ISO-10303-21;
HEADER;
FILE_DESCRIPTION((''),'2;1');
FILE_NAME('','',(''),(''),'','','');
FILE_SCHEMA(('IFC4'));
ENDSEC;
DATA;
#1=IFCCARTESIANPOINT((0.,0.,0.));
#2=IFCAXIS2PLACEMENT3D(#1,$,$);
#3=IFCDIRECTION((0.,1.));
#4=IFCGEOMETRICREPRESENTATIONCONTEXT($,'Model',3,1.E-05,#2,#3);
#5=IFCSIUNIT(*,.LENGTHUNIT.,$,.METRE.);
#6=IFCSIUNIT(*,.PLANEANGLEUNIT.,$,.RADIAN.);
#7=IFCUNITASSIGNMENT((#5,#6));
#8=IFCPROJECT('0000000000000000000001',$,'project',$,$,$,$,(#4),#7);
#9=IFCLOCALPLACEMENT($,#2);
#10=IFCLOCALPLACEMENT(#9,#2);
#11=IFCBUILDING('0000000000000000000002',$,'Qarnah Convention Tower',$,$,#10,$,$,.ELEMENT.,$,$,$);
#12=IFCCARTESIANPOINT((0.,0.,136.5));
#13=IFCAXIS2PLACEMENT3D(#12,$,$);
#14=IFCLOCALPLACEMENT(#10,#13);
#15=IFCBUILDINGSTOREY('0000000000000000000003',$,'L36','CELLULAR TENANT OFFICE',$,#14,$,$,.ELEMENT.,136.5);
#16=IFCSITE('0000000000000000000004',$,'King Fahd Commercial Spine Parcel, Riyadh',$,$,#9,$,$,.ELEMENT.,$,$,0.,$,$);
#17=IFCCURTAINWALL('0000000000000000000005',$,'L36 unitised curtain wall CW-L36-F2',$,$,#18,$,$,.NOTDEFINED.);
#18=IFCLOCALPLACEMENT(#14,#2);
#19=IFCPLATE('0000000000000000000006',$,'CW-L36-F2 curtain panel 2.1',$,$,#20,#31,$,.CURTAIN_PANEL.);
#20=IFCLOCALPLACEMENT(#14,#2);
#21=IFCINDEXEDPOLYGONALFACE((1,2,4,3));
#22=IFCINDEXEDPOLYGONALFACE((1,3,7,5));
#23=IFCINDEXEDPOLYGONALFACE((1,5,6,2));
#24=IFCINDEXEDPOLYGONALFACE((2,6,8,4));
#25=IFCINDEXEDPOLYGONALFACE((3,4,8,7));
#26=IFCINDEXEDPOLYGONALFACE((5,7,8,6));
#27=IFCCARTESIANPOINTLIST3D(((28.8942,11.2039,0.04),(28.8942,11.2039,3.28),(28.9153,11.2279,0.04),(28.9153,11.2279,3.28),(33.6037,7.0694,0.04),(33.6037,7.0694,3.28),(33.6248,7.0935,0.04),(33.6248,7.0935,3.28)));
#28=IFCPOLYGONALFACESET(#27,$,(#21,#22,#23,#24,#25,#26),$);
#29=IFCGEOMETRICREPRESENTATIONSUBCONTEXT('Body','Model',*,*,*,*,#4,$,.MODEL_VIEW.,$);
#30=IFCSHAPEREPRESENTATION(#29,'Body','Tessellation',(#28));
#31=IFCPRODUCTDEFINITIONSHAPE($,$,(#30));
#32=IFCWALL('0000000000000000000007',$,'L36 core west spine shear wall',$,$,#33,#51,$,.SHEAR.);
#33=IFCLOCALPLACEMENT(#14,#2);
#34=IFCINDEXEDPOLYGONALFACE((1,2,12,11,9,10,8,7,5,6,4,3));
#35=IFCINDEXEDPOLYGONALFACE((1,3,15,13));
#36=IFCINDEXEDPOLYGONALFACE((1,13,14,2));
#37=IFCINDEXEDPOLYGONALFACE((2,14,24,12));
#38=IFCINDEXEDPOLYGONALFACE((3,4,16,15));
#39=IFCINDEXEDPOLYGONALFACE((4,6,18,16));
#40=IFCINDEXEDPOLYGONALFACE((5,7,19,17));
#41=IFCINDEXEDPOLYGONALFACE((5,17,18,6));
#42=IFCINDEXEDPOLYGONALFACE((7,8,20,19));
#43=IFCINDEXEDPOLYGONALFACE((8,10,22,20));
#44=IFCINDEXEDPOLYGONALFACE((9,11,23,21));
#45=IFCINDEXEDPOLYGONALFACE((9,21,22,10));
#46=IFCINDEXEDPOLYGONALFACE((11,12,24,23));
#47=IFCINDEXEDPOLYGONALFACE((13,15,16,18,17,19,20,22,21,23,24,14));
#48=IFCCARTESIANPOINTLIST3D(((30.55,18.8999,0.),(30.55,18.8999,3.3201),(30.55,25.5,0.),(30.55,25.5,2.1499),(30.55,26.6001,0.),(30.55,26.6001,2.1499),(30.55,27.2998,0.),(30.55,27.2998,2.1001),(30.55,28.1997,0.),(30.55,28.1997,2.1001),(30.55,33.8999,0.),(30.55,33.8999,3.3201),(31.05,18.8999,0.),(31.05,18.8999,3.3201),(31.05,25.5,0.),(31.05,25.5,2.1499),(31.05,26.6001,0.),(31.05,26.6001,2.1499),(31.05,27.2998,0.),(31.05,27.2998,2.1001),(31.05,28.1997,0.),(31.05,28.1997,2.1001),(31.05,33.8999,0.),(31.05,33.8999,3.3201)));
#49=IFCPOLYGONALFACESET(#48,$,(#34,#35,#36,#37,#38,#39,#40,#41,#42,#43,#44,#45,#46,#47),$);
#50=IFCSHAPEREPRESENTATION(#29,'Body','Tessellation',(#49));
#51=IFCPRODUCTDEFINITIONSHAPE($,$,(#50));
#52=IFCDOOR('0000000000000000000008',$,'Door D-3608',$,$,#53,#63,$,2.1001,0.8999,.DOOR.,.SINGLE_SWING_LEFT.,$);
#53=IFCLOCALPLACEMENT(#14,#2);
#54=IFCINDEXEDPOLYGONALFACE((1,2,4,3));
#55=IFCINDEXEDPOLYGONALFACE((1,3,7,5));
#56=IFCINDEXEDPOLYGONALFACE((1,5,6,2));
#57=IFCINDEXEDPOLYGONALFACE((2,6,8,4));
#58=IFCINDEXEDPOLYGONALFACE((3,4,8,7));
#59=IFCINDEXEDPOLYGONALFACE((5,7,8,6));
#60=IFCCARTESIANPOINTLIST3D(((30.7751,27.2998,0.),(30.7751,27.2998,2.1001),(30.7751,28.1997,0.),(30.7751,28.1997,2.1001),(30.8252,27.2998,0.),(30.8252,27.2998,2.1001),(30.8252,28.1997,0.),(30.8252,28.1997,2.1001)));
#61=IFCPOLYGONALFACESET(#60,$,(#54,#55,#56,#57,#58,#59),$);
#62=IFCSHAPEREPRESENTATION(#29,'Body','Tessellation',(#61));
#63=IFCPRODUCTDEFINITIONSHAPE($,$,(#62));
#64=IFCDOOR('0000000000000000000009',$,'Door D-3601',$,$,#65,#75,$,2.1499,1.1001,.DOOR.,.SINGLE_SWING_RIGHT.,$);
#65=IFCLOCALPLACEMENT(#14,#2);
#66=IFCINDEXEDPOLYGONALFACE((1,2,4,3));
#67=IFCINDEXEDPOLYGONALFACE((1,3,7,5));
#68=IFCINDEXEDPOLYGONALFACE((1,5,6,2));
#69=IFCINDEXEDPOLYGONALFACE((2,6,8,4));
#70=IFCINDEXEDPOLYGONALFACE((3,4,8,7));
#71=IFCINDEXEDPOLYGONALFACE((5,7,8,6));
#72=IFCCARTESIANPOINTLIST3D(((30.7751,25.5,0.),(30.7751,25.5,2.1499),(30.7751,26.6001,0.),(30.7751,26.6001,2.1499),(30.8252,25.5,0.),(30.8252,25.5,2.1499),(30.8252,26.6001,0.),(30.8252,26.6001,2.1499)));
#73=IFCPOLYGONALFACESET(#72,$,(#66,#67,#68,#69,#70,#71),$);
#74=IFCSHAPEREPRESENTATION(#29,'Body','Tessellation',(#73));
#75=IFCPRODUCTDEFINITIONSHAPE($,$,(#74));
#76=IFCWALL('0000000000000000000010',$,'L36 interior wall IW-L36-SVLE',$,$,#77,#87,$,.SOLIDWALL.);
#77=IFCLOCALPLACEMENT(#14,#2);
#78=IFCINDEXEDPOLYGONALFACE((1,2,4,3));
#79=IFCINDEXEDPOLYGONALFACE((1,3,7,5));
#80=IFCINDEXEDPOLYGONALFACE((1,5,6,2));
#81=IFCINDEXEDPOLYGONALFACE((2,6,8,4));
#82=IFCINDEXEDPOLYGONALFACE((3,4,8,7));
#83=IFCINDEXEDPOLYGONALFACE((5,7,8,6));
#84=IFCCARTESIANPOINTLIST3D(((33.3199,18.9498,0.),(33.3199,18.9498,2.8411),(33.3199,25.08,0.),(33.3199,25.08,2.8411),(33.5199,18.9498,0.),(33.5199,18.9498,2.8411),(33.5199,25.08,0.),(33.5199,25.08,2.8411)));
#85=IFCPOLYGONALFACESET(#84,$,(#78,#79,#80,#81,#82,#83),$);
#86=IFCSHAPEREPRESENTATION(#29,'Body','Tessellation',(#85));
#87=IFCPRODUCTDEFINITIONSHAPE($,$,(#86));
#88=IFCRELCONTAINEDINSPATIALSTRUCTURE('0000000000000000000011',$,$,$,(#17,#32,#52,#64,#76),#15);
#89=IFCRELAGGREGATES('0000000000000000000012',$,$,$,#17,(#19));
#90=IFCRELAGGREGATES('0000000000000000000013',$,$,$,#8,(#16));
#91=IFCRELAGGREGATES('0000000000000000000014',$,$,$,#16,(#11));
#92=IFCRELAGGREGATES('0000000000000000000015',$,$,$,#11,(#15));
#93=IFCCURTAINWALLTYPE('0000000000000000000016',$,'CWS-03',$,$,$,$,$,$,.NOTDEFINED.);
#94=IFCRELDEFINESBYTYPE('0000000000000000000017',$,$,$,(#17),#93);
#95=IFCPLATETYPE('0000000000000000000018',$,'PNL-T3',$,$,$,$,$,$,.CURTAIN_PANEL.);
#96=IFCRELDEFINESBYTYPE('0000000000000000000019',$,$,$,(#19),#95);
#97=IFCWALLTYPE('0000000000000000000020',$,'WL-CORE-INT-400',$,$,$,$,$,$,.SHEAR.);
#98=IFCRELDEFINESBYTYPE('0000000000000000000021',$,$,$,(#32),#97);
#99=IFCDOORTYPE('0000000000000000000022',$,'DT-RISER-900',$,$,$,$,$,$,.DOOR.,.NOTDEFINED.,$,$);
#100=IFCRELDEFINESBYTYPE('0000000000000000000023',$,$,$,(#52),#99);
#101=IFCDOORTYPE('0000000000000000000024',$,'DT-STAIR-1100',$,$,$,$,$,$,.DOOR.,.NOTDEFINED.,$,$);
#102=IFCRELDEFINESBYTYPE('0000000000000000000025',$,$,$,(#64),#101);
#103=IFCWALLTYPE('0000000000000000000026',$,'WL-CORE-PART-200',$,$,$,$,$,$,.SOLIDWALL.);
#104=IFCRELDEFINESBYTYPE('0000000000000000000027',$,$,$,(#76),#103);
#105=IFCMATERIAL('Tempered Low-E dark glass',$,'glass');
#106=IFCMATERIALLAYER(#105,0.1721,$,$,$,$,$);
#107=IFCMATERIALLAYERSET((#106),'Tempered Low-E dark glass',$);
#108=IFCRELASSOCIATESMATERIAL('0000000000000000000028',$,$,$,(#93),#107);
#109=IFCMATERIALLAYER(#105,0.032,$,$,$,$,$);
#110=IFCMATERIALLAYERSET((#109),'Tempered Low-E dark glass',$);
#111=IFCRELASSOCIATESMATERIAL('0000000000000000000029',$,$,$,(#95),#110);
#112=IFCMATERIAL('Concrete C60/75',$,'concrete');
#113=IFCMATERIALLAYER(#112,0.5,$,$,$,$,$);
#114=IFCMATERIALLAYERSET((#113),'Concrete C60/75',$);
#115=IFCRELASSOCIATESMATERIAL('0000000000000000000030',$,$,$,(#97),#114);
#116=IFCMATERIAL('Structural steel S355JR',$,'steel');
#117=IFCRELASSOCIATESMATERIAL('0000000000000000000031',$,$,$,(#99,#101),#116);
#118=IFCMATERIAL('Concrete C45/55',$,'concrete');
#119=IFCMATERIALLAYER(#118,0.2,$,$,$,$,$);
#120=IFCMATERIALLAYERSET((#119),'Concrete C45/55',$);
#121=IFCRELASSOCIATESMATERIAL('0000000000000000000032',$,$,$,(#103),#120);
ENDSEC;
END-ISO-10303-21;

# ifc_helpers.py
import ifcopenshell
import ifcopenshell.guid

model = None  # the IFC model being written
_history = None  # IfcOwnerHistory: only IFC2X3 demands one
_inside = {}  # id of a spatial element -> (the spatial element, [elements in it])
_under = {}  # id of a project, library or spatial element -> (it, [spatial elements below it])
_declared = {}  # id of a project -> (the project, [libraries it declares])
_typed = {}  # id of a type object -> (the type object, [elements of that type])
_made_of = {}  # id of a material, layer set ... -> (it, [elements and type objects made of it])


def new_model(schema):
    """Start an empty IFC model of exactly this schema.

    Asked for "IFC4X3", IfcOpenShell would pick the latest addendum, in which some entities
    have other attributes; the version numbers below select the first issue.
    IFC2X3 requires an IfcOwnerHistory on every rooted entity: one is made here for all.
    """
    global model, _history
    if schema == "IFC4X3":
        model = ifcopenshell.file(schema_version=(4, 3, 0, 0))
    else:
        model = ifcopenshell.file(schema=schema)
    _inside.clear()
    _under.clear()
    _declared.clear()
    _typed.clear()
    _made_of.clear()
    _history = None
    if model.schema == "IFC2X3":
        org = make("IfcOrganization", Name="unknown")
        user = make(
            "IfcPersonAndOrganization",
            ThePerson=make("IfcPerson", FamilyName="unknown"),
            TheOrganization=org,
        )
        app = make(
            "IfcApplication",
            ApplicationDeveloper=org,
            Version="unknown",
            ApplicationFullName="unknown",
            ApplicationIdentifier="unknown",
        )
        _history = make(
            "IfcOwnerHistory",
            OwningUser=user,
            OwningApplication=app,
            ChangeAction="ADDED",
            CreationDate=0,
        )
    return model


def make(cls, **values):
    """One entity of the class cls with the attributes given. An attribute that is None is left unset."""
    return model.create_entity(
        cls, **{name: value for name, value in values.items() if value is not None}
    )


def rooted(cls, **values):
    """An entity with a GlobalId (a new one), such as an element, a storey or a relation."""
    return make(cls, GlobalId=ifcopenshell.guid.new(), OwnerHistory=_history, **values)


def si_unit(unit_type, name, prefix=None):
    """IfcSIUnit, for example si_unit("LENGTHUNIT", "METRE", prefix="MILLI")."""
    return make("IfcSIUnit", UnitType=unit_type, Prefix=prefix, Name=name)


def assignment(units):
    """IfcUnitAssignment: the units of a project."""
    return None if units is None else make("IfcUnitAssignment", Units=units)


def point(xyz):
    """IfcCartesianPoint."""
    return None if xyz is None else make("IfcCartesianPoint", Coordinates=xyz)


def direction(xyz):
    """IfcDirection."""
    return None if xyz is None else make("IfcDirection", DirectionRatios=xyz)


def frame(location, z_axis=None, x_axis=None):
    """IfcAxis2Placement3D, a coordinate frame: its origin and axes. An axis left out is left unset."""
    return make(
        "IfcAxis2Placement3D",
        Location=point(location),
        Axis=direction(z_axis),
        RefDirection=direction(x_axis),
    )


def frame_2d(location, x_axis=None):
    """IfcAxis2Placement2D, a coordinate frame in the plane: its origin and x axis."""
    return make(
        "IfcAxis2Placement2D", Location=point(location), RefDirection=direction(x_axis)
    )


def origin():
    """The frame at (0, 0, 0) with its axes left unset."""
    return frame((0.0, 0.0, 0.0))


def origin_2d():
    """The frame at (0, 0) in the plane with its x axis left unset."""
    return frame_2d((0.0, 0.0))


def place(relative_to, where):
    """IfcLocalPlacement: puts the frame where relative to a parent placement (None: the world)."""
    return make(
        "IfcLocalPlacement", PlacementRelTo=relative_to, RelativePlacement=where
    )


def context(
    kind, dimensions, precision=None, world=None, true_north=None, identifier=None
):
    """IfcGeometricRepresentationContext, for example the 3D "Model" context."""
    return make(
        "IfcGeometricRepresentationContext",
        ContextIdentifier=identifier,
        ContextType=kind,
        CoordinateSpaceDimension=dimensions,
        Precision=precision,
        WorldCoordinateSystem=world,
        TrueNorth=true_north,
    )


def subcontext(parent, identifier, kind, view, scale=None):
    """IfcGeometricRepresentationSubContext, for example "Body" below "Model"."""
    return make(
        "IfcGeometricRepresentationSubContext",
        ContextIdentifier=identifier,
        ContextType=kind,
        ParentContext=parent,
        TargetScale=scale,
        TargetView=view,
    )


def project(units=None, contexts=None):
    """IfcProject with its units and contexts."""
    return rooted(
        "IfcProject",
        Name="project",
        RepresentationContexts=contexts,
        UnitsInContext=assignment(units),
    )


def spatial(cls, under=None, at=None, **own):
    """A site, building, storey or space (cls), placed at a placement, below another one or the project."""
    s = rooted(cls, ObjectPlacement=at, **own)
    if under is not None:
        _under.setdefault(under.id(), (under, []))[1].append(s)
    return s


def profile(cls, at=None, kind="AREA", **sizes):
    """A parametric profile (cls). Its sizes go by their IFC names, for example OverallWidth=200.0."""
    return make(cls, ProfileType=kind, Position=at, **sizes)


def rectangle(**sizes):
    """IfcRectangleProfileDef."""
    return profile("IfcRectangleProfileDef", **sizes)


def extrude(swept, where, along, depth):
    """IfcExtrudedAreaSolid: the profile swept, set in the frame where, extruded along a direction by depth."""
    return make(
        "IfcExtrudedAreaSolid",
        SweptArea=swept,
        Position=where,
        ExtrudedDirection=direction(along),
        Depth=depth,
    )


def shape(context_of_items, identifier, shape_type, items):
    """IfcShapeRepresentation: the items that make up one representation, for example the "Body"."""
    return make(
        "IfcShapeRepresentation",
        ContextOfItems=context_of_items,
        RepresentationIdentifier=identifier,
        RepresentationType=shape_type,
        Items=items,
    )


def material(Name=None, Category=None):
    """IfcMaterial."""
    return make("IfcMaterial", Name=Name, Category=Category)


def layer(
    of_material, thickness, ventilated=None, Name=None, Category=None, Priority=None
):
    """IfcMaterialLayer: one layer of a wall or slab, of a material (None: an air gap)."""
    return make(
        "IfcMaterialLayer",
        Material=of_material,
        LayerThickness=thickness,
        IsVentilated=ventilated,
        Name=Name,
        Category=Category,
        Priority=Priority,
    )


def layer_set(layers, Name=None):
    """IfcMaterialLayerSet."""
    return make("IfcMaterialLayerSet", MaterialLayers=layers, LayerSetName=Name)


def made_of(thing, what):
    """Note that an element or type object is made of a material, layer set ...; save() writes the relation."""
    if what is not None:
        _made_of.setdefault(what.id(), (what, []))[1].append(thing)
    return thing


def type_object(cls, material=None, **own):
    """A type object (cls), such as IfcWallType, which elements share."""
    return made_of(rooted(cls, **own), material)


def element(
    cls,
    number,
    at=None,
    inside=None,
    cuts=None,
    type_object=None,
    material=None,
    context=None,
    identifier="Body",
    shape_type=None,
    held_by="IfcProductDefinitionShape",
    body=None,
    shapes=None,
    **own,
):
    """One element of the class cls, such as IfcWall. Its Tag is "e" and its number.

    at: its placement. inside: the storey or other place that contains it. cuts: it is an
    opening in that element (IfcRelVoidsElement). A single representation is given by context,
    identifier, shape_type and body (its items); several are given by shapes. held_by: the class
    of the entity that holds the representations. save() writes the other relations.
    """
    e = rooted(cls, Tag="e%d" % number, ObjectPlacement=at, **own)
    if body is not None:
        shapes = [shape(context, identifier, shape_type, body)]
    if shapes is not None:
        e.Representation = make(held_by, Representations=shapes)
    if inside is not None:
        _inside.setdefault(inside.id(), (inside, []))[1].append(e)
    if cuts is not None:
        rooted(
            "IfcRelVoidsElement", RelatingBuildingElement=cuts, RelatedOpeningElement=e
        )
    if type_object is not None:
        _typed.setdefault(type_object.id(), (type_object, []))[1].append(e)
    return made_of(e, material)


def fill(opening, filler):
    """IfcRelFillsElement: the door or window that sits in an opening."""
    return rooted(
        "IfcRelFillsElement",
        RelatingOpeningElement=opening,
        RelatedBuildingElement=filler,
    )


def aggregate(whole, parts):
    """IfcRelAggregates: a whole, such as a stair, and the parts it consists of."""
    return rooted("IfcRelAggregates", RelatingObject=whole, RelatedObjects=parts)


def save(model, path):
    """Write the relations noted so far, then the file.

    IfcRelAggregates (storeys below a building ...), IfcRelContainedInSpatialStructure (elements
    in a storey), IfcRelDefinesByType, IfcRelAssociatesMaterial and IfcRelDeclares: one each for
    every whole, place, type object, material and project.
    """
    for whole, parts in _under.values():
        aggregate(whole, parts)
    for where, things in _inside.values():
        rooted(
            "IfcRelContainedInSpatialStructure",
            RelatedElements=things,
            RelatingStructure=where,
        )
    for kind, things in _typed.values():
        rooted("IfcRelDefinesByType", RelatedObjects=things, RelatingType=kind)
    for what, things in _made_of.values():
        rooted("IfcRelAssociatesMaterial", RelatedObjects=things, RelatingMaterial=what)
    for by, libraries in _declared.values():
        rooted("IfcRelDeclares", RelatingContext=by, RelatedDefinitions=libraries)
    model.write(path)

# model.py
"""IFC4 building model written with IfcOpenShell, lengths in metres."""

from ifc_helpers import new_model, si_unit, direction, frame, frame_2d, origin, origin_2d, place, context, subcontext, project, spatial, rectangle, extrude, material, layer, layer_set, type_object, element, fill, aggregate, save


model = new_model("IFC4")

# Units and contexts
model_context = context("Model", 3, precision=1e-05, world=origin(), true_north=direction((0.0, 1.0)))
body_context = subcontext(model_context, "Body", "Model", "MODEL_VIEW")
ifc_project = project(units=[si_unit("LENGTHUNIT", "METRE"), si_unit("PLANEANGLEUNIT", "RADIAN")], contexts=[model_context])

# Site, building, storey
site_placement = place(None, origin())
site = spatial("IfcSite", under=ifc_project, at=site_placement, Name="King Fahd Commercial Spine Parcel, Riyadh", CompositionType="ELEMENT", RefElevation=0.0)
building_placement = place(site_placement, origin())
building = spatial("IfcBuilding", under=site, at=building_placement, Name="Qarnah Convention Tower", CompositionType="ELEMENT")
storey_placement = place(building_placement, frame((0.0, 0.0, 136.5)))
storey = spatial("IfcBuildingStorey", under=building, at=storey_placement, Name="L36", Description="CELLULAR TENANT OFFICE", CompositionType="ELEMENT", Elevation=136.5)

# Shared definitions
ifc_material_1 = material(Name="Concrete C60/75", Category="concrete")

# Shared definitions
ifc_material_2 = material(Name="Structural steel S355JR", Category="steel")

# Curtain wall, plate
ifc_material_3 = material(Name="Tempered Low-E dark glass", Category="glass")
ifc_layer_1 = layer(ifc_material_3, 0.1721)
ifc_layer_set_1 = layer_set([ifc_layer_1], Name="Tempered Low-E dark glass")
curtain_wall_type = type_object("IfcCurtainWallType", Name="CWS-03", PredefinedType="NOTDEFINED", material=ifc_layer_set_1)
curtain_wall_placement = place(storey_placement, origin())
curtain_wall = element("IfcCurtainWall", 1, at=curtain_wall_placement, inside=storey, type_object=curtain_wall_type, Name="L36 unitised curtain wall CW-L36-F2", PredefinedType="NOTDEFINED")
ifc_layer_2 = layer(ifc_material_3, 0.032)
ifc_layer_set_2 = layer_set([ifc_layer_2], Name="Tempered Low-E dark glass")
plate_type = type_object("IfcPlateType", Name="PNL-T3", PredefinedType="CURTAIN_PANEL", material=ifc_layer_set_2)
plate_1_placement = place(storey_placement, frame((31.2595, 9.1487, 0.04), z_axis=(0.0, 0.0, 1.0), x_axis=(-0.751498, 0.659735, 0.0)))
plate_1 = element("IfcPlate", 2, at=plate_1_placement, type_object=plate_type, Name="CW-L36-F2 curtain panel 2.1", PredefinedType="CURTAIN_PANEL", context=body_context, shape_type="SweptSolid", body=[
    extrude(rectangle(XDim=6.2668, YDim=0.032, at=origin_2d()), origin(), (0.0, 0.0, 1.0), 3.24),
])
aggregate(curtain_wall, [plate_1])

# Wall, openings, doors
ifc_layer_3 = layer(ifc_material_1, 0.5)
ifc_layer_set_3 = layer_set([ifc_layer_3], Name="Concrete C60/75")
wall_type_1 = type_object("IfcWallType", Name="WL-CORE-INT-400", PredefinedType="SHEAR", material=ifc_layer_set_3)
wall_1_placement = place(storey_placement, frame((30.8, 18.8999, 0.0), z_axis=(0.0, 0.0, 1.0), x_axis=(0.0, 1.0, 0.0)))
wall_1 = element("IfcWall", 3, at=wall_1_placement, inside=storey, type_object=wall_type_1, Name="L36 core west spine shear wall", PredefinedType="SHEAR", context=body_context, shape_type="SweptSolid", body=[
    extrude(rectangle(XDim=15.0, YDim=0.5, at=frame_2d((7.5, 0.0))), origin(), (0.0, 0.0, 1.0), 3.3201),
])
opening_1_placement = place(wall_1_placement, frame((6.6001, 0.0, 0.0)))
opening_1 = element("IfcOpeningElement", 4, at=opening_1_placement, cuts=wall_1, PredefinedType="OPENING", context=body_context, shape_type="SweptSolid", body=[
    extrude(rectangle(XDim=1.1001, YDim=2.1499, at=frame_2d((0.55, 1.075))), frame((0.0, 0.26, 0.0), z_axis=(0.0, -1.0, 0.0), x_axis=(1.0, 0.0, 0.0)), (0.0, 0.0, 1.0), 0.52),
])
opening_2_placement = place(wall_1_placement, frame((8.3999, 0.0, 0.0)))
opening_2 = element("IfcOpeningElement", 5, at=opening_2_placement, cuts=wall_1, PredefinedType="OPENING", context=body_context, shape_type="SweptSolid", body=[
    extrude(rectangle(XDim=0.8999, YDim=2.1001, at=frame_2d((0.45, 1.05))), frame((0.0, 0.26, 0.0), z_axis=(0.0, -1.0, 0.0), x_axis=(1.0, 0.0, 0.0)), (0.0, 0.0, 1.0), 0.52),
])
door_type_1 = type_object("IfcDoorType", Name="DT-RISER-900", OperationType="NOTDEFINED", PredefinedType="DOOR", material=ifc_material_2)
door_1_placement = place(opening_2_placement, origin())
door_1 = element("IfcDoor", 6, at=door_1_placement, inside=storey, type_object=door_type_1, Name="Door D-3608", OperationType="SINGLE_SWING_LEFT", OverallHeight=2.1001, OverallWidth=0.8999, PredefinedType="DOOR", context=body_context, shape_type="SweptSolid", body=[
    extrude(rectangle(XDim=0.8999, YDim=2.1001, at=frame_2d((0.45, 1.05))), frame((0.0, 0.0249, 0.0), z_axis=(0.0, -1.0, 0.0), x_axis=(1.0, 0.0, 0.0)), (0.0, 0.0, 1.0), 0.05),
])
fill(opening_2, door_1)
door_type_2 = type_object("IfcDoorType", Name="DT-STAIR-1100", OperationType="NOTDEFINED", PredefinedType="DOOR", material=ifc_material_2)
door_2_placement = place(opening_1_placement, origin())
door_2 = element("IfcDoor", 7, at=door_2_placement, inside=storey, type_object=door_type_2, Name="Door D-3601", OperationType="SINGLE_SWING_RIGHT", OverallHeight=2.1499, OverallWidth=1.1001, PredefinedType="DOOR", context=body_context, shape_type="SweptSolid", body=[
    extrude(rectangle(XDim=1.1001, YDim=2.1499, at=frame_2d((0.55, 1.075))), frame((0.0, 0.0249, 0.0), z_axis=(0.0, -1.0, 0.0), x_axis=(1.0, 0.0, 0.0)), (0.0, 0.0, 1.0), 0.05),
])
fill(opening_1, door_2)

# Wall
ifc_material_4 = material(Name="Concrete C45/55", Category="concrete")
ifc_layer_4 = layer(ifc_material_4, 0.2)
ifc_layer_set_4 = layer_set([ifc_layer_4], Name="Concrete C45/55")
wall_type_2 = type_object("IfcWallType", Name="WL-CORE-PART-200", PredefinedType="SOLIDWALL", material=ifc_layer_set_4)
wall_2_placement = place(storey_placement, frame((33.4199, 18.95, 0.0), z_axis=(0.0, 0.0, 1.0), x_axis=(0.0, 1.0, 0.0)))
element("IfcWall", 8, at=wall_2_placement, inside=storey, type_object=wall_type_2, Name="L36 interior wall IW-L36-SVLE", PredefinedType="SOLIDWALL", context=body_context, shape_type="SweptSolid", body=[
    extrude(rectangle(XDim=6.1301, YDim=0.2, at=frame_2d((3.0649, 0.0))), origin(), (0.0, 0.0, 1.0), 2.8411),
])

save(model, "model.ifc")
